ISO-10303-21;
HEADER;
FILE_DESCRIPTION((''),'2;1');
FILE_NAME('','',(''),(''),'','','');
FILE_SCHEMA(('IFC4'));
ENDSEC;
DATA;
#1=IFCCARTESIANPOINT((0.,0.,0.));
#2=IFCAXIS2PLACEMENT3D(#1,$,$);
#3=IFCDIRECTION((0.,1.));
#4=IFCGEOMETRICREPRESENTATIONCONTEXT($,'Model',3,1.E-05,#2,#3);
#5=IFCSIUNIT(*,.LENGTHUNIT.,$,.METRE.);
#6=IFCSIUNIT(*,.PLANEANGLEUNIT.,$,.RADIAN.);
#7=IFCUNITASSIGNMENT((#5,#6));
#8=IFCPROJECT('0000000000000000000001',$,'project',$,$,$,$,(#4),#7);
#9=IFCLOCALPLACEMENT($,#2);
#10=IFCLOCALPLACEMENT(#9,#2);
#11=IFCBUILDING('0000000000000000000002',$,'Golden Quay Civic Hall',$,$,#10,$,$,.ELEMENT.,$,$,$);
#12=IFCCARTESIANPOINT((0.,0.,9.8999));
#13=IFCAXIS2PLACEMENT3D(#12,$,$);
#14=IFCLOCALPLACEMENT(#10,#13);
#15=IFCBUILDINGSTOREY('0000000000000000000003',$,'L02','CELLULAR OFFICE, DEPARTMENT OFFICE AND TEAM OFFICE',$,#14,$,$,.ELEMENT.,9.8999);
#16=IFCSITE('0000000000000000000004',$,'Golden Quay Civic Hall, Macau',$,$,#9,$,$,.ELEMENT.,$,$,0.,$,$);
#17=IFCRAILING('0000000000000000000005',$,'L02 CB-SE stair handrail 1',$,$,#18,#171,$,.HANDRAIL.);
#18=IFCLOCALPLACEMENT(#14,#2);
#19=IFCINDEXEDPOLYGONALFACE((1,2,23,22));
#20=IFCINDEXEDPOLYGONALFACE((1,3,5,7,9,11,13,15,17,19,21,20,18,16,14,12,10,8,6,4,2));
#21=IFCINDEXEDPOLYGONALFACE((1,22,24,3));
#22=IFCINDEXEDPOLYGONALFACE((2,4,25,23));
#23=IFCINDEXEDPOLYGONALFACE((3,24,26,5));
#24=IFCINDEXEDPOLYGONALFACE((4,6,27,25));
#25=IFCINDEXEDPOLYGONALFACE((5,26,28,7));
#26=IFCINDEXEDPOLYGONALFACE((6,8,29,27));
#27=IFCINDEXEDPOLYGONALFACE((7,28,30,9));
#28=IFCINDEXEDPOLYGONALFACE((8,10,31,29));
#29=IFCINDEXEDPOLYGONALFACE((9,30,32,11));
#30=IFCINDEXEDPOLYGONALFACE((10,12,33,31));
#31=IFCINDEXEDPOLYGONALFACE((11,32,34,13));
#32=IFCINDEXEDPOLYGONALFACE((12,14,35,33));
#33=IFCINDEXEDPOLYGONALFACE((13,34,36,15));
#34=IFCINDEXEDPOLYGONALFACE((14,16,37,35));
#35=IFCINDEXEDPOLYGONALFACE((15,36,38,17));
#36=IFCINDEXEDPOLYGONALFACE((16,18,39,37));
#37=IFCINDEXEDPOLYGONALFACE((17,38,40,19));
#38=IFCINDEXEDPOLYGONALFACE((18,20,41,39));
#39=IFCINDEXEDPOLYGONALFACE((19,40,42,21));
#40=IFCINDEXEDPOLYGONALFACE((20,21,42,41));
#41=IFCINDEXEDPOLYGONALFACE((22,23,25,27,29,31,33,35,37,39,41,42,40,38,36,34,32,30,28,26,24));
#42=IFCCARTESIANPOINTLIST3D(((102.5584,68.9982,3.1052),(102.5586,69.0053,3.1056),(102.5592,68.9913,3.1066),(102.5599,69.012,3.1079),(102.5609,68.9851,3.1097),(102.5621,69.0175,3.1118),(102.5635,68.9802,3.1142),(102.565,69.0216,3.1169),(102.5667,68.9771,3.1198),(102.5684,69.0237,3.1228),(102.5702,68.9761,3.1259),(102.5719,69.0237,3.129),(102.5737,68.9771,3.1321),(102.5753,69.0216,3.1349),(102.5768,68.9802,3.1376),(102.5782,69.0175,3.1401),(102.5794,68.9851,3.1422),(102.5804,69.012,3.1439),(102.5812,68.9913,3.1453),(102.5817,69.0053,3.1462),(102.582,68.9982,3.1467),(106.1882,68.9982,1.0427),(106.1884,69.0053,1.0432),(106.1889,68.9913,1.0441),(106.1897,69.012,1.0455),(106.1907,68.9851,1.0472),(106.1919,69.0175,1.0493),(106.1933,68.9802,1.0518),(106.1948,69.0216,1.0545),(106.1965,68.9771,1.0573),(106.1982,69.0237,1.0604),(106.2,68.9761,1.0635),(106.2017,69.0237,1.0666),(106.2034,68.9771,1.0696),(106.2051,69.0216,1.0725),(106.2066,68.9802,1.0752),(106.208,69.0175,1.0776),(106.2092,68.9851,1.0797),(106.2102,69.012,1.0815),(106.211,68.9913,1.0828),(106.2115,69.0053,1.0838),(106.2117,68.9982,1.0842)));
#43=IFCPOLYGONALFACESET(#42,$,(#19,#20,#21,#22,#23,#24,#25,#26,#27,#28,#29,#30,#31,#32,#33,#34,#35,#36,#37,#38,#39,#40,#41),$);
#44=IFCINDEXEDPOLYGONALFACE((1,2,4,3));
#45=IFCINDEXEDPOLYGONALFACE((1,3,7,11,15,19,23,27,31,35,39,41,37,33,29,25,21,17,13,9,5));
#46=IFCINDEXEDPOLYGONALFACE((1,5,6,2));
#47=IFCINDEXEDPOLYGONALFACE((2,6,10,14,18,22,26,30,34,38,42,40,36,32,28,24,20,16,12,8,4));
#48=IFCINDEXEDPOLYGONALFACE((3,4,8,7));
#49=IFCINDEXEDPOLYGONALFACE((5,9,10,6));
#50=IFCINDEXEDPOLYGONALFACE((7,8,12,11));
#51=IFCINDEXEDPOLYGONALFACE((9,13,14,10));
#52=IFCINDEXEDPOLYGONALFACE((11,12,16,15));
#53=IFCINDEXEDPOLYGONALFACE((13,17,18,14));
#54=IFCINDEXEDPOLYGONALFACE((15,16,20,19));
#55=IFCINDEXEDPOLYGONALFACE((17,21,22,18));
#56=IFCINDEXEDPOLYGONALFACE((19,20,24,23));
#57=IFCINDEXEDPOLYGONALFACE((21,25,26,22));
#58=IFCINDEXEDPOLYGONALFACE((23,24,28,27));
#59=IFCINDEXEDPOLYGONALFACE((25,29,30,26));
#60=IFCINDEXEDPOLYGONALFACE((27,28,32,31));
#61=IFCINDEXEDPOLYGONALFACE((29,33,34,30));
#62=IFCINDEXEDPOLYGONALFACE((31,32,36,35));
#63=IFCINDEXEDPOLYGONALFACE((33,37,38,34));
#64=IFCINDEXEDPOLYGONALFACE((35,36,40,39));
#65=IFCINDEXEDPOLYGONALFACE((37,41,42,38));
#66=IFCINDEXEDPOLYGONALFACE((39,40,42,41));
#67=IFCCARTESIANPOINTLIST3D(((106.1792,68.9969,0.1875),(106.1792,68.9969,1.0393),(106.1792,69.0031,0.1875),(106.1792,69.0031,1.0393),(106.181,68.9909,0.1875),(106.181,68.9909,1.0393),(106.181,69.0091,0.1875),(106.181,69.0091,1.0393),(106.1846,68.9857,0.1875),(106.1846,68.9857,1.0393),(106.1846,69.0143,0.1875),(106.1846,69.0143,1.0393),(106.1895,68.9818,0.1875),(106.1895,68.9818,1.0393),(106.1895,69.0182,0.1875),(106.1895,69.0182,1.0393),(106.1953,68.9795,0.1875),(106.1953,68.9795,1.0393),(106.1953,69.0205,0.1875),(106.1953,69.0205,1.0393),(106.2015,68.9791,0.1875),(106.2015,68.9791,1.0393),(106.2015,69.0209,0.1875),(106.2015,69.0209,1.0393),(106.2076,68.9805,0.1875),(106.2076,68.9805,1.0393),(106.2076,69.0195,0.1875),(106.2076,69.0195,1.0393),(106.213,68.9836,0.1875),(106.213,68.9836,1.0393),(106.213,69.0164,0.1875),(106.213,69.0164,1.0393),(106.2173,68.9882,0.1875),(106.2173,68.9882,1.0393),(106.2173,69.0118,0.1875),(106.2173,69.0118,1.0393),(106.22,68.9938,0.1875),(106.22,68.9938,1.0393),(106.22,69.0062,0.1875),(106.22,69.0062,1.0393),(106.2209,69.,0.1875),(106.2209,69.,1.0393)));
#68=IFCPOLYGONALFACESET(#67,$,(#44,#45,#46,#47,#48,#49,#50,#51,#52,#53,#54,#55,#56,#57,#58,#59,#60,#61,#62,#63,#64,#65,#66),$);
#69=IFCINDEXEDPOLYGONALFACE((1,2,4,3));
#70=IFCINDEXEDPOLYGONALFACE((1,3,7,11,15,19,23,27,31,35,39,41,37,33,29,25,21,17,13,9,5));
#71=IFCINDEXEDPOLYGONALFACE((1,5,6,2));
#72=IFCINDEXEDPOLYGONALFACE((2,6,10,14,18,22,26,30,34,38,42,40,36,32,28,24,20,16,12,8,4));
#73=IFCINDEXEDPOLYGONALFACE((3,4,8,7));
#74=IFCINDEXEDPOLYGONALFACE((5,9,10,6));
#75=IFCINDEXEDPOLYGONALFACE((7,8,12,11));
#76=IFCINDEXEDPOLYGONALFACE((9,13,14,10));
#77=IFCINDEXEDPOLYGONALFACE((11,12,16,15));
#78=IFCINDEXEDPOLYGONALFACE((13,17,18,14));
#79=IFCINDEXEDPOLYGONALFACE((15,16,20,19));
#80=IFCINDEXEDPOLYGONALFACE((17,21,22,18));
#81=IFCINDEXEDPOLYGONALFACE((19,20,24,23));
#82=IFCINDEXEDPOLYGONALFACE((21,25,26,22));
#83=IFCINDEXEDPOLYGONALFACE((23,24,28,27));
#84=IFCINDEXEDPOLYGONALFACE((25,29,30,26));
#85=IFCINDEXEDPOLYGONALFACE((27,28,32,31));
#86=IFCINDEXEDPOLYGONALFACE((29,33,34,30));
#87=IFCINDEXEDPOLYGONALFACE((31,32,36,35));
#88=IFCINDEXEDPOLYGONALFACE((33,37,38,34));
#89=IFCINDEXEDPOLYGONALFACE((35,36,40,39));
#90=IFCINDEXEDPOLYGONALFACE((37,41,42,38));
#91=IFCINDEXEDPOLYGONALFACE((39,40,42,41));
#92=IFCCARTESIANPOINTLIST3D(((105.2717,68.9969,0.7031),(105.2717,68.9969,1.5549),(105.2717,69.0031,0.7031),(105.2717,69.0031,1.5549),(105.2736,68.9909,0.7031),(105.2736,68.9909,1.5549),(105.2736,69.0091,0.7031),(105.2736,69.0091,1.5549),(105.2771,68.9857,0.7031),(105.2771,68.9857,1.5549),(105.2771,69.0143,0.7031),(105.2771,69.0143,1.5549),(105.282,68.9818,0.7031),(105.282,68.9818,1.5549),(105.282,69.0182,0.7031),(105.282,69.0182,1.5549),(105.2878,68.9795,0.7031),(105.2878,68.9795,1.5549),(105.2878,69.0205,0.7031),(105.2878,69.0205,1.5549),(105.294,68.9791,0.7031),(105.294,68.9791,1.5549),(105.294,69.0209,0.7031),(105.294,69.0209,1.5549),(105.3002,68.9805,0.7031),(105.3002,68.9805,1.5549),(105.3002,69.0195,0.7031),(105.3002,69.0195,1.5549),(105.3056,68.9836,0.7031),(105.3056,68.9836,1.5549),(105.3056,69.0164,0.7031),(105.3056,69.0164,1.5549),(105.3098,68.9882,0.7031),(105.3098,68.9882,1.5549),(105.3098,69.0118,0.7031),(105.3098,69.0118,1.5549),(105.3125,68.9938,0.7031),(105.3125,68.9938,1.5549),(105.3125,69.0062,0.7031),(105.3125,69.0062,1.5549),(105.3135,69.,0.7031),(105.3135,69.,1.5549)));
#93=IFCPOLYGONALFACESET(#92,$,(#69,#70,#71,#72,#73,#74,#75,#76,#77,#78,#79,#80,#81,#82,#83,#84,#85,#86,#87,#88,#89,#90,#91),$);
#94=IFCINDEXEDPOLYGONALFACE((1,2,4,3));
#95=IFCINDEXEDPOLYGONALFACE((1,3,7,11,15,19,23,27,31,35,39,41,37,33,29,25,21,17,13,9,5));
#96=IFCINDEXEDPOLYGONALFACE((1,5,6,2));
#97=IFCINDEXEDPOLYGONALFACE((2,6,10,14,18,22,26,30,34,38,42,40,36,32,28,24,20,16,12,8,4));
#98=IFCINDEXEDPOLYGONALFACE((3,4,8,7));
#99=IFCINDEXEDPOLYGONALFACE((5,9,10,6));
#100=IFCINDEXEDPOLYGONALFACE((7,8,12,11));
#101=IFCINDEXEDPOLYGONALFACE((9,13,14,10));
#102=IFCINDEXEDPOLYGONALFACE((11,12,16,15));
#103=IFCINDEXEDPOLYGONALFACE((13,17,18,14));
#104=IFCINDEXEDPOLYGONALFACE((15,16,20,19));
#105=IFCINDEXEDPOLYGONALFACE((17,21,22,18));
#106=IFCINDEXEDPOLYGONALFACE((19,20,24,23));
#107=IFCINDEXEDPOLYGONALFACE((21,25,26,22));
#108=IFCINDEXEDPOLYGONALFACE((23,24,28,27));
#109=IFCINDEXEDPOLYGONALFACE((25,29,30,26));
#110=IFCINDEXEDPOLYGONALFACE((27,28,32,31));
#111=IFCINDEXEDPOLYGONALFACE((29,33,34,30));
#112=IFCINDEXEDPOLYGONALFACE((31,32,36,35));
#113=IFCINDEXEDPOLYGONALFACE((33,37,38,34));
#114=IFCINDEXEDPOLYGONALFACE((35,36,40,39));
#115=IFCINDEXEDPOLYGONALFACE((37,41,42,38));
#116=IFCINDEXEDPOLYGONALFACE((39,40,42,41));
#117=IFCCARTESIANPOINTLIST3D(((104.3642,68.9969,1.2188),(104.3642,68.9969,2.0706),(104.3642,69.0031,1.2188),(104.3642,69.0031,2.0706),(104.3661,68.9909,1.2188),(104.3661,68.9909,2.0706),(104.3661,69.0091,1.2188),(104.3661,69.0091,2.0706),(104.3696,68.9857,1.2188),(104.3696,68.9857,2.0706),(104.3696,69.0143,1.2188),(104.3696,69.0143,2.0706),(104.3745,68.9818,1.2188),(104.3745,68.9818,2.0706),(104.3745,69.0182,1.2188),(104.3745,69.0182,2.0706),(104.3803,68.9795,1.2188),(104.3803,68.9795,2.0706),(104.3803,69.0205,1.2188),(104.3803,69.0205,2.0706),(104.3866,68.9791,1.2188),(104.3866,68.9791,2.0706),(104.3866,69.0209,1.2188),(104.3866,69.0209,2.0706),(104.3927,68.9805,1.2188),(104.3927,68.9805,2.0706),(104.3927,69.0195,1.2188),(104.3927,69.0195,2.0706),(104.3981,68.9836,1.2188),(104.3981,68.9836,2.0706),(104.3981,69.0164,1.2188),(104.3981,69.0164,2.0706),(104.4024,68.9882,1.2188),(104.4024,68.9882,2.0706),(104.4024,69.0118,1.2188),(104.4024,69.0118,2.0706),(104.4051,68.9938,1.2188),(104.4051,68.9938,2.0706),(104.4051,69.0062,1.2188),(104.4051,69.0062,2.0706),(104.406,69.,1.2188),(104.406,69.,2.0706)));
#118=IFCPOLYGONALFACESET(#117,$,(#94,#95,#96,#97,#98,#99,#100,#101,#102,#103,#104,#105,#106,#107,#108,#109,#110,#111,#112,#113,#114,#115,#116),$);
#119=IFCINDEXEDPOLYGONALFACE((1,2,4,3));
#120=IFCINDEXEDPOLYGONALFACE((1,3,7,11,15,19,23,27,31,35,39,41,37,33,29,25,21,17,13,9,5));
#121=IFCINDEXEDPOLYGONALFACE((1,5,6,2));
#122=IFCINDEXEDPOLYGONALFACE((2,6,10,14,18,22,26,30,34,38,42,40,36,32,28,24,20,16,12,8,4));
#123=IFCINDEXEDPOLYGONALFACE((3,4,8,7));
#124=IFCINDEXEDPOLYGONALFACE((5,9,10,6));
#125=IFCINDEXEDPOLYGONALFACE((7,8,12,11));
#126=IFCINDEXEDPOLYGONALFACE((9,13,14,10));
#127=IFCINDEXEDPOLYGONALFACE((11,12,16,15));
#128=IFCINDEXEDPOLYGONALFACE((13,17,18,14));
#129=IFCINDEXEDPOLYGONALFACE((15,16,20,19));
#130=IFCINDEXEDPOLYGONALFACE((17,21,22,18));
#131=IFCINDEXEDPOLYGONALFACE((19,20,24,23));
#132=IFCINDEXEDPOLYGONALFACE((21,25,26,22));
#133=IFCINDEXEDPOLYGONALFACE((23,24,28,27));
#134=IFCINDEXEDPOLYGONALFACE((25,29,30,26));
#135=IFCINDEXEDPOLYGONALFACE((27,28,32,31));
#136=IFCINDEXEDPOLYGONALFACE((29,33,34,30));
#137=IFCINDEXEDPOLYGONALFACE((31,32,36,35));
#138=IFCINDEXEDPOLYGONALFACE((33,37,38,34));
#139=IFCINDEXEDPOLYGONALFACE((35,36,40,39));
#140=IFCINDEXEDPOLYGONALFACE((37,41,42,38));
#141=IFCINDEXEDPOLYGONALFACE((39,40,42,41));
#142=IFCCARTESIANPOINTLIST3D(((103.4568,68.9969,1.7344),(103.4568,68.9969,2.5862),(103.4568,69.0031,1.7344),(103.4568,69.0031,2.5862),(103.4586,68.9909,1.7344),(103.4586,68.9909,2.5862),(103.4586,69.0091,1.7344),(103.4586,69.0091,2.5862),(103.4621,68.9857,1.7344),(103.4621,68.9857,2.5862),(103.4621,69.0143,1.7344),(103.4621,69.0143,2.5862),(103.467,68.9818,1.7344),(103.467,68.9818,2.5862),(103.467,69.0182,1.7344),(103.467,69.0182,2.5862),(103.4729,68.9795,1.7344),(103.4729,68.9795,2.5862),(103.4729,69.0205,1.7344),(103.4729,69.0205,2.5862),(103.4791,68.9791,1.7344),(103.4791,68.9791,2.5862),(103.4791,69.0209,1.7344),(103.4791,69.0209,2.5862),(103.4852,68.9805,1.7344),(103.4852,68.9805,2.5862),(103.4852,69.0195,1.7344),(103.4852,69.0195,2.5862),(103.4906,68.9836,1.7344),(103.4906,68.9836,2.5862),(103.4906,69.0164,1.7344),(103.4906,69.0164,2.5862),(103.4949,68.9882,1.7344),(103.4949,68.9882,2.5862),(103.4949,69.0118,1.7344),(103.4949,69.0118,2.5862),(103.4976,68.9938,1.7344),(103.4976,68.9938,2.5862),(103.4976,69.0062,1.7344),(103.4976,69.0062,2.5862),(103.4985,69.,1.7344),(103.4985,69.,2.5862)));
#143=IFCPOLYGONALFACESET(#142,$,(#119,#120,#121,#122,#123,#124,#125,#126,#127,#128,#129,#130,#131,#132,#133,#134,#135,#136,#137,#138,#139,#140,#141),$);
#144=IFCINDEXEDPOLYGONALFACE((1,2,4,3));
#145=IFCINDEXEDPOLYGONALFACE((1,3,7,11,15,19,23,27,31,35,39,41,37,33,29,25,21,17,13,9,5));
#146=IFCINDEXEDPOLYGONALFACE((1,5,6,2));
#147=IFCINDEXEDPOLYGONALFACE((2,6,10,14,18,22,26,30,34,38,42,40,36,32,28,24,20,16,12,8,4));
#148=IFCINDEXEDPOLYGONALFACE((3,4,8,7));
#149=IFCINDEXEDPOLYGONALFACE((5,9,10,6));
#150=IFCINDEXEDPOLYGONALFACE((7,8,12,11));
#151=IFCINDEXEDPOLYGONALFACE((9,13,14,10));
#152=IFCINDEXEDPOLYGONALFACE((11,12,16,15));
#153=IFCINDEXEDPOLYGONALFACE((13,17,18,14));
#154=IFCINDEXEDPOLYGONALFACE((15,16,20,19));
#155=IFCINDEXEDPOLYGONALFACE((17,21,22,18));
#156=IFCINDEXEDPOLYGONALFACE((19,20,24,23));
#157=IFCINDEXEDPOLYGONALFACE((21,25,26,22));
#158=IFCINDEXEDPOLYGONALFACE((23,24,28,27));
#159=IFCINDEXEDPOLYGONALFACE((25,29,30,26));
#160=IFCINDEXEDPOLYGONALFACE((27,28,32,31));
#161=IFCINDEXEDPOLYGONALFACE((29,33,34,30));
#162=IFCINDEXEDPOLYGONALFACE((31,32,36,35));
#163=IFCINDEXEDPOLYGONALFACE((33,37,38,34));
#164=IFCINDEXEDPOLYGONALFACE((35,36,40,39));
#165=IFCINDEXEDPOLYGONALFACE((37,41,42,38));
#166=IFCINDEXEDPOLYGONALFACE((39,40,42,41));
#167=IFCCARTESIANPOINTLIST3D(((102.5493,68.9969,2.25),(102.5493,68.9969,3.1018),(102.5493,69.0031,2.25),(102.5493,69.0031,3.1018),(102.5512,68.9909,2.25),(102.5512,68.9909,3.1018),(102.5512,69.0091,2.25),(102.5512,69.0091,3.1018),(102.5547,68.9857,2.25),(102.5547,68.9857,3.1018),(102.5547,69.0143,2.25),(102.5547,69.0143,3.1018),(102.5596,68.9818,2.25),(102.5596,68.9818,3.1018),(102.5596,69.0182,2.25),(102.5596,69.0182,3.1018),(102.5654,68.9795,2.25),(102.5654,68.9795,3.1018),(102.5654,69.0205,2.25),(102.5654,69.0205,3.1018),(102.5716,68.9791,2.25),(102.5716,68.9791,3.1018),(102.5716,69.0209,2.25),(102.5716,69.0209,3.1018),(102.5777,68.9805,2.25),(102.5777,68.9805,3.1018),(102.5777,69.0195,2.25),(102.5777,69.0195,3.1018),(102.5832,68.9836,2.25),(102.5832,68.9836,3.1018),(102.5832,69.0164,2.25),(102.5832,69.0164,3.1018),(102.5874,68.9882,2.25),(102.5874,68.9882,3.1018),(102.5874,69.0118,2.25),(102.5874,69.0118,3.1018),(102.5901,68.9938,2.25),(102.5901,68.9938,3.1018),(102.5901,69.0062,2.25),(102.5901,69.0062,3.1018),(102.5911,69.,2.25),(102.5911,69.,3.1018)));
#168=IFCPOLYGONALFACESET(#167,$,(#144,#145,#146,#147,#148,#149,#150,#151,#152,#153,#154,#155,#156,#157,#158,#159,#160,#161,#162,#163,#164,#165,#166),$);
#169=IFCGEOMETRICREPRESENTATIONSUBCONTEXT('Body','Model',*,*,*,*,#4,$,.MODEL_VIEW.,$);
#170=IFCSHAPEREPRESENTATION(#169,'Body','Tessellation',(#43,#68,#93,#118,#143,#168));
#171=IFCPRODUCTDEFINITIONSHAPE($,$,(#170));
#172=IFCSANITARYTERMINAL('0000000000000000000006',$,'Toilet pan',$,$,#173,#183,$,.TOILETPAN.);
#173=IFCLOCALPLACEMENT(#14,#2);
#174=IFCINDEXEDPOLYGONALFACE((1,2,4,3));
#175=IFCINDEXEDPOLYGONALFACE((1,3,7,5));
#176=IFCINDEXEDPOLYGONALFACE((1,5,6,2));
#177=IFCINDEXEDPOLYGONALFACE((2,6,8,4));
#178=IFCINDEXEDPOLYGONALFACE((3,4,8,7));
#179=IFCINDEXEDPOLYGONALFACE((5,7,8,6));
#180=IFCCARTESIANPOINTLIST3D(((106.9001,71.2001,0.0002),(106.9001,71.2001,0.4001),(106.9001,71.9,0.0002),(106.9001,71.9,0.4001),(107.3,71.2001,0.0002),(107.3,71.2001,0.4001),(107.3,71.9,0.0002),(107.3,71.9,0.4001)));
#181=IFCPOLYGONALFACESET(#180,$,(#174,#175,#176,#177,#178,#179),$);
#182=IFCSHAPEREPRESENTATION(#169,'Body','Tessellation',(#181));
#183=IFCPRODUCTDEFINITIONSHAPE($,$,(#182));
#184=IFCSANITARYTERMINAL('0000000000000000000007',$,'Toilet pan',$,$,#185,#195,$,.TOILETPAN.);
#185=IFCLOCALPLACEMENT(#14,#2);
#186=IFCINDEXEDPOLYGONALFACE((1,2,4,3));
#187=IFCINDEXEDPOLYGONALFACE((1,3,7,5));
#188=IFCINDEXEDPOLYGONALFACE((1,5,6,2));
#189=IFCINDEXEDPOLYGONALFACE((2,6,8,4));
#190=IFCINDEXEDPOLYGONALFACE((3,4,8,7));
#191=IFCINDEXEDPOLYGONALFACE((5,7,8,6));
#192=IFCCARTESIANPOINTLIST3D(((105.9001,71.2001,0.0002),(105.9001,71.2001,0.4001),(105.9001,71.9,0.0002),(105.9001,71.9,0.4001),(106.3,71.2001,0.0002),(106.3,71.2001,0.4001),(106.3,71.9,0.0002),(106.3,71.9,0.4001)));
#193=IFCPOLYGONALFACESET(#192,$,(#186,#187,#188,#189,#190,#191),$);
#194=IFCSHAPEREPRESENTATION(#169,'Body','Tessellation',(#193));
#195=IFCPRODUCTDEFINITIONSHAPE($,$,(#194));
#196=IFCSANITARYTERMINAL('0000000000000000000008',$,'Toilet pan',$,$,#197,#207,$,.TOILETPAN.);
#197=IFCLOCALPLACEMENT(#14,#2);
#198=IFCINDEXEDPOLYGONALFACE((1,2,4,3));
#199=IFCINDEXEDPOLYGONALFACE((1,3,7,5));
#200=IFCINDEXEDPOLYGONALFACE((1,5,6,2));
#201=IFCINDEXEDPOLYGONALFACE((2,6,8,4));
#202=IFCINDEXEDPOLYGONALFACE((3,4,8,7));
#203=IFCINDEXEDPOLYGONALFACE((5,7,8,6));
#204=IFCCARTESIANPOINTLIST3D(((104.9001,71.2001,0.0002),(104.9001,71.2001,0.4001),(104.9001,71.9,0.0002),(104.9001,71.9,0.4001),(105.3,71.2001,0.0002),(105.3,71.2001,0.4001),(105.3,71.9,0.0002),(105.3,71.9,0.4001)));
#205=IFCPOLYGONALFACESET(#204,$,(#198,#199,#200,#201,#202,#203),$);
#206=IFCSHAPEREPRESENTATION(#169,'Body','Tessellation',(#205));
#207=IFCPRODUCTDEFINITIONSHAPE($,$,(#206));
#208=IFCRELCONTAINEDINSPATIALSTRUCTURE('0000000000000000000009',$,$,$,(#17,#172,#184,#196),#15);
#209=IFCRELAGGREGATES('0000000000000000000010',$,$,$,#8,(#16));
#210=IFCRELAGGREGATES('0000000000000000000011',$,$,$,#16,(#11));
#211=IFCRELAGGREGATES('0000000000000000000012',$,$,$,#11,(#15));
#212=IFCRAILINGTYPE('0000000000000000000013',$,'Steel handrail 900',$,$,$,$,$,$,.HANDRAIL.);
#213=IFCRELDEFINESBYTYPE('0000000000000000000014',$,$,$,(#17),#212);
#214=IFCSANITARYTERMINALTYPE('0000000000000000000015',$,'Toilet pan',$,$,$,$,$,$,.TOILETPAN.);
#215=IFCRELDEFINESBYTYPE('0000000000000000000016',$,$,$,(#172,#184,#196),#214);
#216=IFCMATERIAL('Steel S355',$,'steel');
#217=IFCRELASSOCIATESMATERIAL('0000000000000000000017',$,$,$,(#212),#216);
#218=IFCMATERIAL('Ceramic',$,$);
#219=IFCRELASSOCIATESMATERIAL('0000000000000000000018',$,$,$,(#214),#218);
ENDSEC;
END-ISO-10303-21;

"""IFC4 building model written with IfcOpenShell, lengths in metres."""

from ifc_helpers import new_model, si_unit, direction, frame, origin, origin_2d, place, context, subcontext, project, spatial, rectangle, circle, extrude, material, type_object, element, save


model = new_model("IFC4")

# Units and contexts
model_context = context("Model", 3, precision=1e-05, world=origin(), true_north=direction((0.0, 1.0)))
body_context = subcontext(model_context, "Body", "Model", "MODEL_VIEW")
ifc_project = project(units=[si_unit("LENGTHUNIT", "METRE"), si_unit("PLANEANGLEUNIT", "RADIAN")], contexts=[model_context])

# Site, building, storey
site_placement = place(None, origin())
site = spatial("IfcSite", under=ifc_project, at=site_placement, Name="Golden Quay Civic Hall, Macau", CompositionType="ELEMENT", RefElevation=0.0)
building_placement = place(site_placement, origin())
building = spatial("IfcBuilding", under=site, at=building_placement, Name="Golden Quay Civic Hall", CompositionType="ELEMENT")
storey_placement = place(building_placement, frame((0.0, 0.0, 9.8999)))
storey = spatial("IfcBuildingStorey", under=building, at=storey_placement, Name="L02", Description="CELLULAR OFFICE, DEPARTMENT OFFICE AND TEAM OFFICE", CompositionType="ELEMENT", Elevation=9.8999)

# Railing
ifc_material_1 = material(Name="Steel S355", Category="steel")
railing_type = type_object("IfcRailingType", Name="Steel handrail 900", PredefinedType="HANDRAIL", material=ifc_material_1)
railing_placement = place(storey_placement, frame((106.2, 69.0, 0.1875)))
element("IfcRailing", 1, at=railing_placement, inside=storey, type_object=railing_type, Name="L02 CB-SE stair handrail 1", PredefinedType="HANDRAIL", context=body_context, shape_type="SweptSolid", body=[
    extrude(circle(Radius=0.0239, at=origin_2d()), frame((0.0, 0.0, 0.876), z_axis=(-0.86945, 0.0, 0.494021), x_axis=(0.0, -1.0, 0.0)), (0.0, 0.0, 1.0), 4.1748),
    extrude(circle(Radius=0.021, at=origin_2d()), origin(), (0.0, 0.0, 1.0), 0.8518),
    extrude(circle(Radius=0.021, at=origin_2d()), frame((-0.9075, 0.0, 0.5156)), (0.0, 0.0, 1.0), 0.8518),
    extrude(circle(Radius=0.021, at=origin_2d()), frame((-1.8149, 0.0, 1.0312)), (0.0, 0.0, 1.0), 0.8518),
    extrude(circle(Radius=0.021, at=origin_2d()), frame((-2.7224, 0.0, 1.5469)), (0.0, 0.0, 1.0), 0.8518),
    extrude(circle(Radius=0.021, at=origin_2d()), frame((-3.6299, 0.0, 2.0625)), (0.0, 0.0, 1.0), 0.8518),
])

# Sanitary terminals
ifc_material_2 = material(Name="Ceramic")
sanitary_terminal_type_1 = type_object("IfcSanitaryTerminalType", Name="Toilet pan", PredefinedType="TOILETPAN", material=ifc_material_2)
for number, where, z_axis, x_axis, name in (
    (2, (107.1001, 71.55, 0.0002), (0.0, 0.0, 1.0), (1.0, 0.0, 0.0), "Toilet pan"),
    (3, (106.1001, 71.55, 0.0002), (0.0, 0.0, 1.0), (1.0, 0.0, 0.0), "Toilet pan"),
    (4, (105.1001, 71.55, 0.0002), (0.0, 0.0, 1.0), (1.0, 0.0, 0.0), "Toilet pan"),
):
    element("IfcSanitaryTerminal", number, at=place(storey_placement, frame(where, z_axis=z_axis, x_axis=x_axis)), inside=storey, type_object=sanitary_terminal_type_1, Name=name, PredefinedType="TOILETPAN", context=body_context, shape_type="SweptSolid", body=[
        extrude(rectangle(XDim=0.3999, YDim=0.7, at=origin_2d()), origin(), (0.0, 0.0, 1.0), 0.3999),
    ])

save(model, "model.ifc")
